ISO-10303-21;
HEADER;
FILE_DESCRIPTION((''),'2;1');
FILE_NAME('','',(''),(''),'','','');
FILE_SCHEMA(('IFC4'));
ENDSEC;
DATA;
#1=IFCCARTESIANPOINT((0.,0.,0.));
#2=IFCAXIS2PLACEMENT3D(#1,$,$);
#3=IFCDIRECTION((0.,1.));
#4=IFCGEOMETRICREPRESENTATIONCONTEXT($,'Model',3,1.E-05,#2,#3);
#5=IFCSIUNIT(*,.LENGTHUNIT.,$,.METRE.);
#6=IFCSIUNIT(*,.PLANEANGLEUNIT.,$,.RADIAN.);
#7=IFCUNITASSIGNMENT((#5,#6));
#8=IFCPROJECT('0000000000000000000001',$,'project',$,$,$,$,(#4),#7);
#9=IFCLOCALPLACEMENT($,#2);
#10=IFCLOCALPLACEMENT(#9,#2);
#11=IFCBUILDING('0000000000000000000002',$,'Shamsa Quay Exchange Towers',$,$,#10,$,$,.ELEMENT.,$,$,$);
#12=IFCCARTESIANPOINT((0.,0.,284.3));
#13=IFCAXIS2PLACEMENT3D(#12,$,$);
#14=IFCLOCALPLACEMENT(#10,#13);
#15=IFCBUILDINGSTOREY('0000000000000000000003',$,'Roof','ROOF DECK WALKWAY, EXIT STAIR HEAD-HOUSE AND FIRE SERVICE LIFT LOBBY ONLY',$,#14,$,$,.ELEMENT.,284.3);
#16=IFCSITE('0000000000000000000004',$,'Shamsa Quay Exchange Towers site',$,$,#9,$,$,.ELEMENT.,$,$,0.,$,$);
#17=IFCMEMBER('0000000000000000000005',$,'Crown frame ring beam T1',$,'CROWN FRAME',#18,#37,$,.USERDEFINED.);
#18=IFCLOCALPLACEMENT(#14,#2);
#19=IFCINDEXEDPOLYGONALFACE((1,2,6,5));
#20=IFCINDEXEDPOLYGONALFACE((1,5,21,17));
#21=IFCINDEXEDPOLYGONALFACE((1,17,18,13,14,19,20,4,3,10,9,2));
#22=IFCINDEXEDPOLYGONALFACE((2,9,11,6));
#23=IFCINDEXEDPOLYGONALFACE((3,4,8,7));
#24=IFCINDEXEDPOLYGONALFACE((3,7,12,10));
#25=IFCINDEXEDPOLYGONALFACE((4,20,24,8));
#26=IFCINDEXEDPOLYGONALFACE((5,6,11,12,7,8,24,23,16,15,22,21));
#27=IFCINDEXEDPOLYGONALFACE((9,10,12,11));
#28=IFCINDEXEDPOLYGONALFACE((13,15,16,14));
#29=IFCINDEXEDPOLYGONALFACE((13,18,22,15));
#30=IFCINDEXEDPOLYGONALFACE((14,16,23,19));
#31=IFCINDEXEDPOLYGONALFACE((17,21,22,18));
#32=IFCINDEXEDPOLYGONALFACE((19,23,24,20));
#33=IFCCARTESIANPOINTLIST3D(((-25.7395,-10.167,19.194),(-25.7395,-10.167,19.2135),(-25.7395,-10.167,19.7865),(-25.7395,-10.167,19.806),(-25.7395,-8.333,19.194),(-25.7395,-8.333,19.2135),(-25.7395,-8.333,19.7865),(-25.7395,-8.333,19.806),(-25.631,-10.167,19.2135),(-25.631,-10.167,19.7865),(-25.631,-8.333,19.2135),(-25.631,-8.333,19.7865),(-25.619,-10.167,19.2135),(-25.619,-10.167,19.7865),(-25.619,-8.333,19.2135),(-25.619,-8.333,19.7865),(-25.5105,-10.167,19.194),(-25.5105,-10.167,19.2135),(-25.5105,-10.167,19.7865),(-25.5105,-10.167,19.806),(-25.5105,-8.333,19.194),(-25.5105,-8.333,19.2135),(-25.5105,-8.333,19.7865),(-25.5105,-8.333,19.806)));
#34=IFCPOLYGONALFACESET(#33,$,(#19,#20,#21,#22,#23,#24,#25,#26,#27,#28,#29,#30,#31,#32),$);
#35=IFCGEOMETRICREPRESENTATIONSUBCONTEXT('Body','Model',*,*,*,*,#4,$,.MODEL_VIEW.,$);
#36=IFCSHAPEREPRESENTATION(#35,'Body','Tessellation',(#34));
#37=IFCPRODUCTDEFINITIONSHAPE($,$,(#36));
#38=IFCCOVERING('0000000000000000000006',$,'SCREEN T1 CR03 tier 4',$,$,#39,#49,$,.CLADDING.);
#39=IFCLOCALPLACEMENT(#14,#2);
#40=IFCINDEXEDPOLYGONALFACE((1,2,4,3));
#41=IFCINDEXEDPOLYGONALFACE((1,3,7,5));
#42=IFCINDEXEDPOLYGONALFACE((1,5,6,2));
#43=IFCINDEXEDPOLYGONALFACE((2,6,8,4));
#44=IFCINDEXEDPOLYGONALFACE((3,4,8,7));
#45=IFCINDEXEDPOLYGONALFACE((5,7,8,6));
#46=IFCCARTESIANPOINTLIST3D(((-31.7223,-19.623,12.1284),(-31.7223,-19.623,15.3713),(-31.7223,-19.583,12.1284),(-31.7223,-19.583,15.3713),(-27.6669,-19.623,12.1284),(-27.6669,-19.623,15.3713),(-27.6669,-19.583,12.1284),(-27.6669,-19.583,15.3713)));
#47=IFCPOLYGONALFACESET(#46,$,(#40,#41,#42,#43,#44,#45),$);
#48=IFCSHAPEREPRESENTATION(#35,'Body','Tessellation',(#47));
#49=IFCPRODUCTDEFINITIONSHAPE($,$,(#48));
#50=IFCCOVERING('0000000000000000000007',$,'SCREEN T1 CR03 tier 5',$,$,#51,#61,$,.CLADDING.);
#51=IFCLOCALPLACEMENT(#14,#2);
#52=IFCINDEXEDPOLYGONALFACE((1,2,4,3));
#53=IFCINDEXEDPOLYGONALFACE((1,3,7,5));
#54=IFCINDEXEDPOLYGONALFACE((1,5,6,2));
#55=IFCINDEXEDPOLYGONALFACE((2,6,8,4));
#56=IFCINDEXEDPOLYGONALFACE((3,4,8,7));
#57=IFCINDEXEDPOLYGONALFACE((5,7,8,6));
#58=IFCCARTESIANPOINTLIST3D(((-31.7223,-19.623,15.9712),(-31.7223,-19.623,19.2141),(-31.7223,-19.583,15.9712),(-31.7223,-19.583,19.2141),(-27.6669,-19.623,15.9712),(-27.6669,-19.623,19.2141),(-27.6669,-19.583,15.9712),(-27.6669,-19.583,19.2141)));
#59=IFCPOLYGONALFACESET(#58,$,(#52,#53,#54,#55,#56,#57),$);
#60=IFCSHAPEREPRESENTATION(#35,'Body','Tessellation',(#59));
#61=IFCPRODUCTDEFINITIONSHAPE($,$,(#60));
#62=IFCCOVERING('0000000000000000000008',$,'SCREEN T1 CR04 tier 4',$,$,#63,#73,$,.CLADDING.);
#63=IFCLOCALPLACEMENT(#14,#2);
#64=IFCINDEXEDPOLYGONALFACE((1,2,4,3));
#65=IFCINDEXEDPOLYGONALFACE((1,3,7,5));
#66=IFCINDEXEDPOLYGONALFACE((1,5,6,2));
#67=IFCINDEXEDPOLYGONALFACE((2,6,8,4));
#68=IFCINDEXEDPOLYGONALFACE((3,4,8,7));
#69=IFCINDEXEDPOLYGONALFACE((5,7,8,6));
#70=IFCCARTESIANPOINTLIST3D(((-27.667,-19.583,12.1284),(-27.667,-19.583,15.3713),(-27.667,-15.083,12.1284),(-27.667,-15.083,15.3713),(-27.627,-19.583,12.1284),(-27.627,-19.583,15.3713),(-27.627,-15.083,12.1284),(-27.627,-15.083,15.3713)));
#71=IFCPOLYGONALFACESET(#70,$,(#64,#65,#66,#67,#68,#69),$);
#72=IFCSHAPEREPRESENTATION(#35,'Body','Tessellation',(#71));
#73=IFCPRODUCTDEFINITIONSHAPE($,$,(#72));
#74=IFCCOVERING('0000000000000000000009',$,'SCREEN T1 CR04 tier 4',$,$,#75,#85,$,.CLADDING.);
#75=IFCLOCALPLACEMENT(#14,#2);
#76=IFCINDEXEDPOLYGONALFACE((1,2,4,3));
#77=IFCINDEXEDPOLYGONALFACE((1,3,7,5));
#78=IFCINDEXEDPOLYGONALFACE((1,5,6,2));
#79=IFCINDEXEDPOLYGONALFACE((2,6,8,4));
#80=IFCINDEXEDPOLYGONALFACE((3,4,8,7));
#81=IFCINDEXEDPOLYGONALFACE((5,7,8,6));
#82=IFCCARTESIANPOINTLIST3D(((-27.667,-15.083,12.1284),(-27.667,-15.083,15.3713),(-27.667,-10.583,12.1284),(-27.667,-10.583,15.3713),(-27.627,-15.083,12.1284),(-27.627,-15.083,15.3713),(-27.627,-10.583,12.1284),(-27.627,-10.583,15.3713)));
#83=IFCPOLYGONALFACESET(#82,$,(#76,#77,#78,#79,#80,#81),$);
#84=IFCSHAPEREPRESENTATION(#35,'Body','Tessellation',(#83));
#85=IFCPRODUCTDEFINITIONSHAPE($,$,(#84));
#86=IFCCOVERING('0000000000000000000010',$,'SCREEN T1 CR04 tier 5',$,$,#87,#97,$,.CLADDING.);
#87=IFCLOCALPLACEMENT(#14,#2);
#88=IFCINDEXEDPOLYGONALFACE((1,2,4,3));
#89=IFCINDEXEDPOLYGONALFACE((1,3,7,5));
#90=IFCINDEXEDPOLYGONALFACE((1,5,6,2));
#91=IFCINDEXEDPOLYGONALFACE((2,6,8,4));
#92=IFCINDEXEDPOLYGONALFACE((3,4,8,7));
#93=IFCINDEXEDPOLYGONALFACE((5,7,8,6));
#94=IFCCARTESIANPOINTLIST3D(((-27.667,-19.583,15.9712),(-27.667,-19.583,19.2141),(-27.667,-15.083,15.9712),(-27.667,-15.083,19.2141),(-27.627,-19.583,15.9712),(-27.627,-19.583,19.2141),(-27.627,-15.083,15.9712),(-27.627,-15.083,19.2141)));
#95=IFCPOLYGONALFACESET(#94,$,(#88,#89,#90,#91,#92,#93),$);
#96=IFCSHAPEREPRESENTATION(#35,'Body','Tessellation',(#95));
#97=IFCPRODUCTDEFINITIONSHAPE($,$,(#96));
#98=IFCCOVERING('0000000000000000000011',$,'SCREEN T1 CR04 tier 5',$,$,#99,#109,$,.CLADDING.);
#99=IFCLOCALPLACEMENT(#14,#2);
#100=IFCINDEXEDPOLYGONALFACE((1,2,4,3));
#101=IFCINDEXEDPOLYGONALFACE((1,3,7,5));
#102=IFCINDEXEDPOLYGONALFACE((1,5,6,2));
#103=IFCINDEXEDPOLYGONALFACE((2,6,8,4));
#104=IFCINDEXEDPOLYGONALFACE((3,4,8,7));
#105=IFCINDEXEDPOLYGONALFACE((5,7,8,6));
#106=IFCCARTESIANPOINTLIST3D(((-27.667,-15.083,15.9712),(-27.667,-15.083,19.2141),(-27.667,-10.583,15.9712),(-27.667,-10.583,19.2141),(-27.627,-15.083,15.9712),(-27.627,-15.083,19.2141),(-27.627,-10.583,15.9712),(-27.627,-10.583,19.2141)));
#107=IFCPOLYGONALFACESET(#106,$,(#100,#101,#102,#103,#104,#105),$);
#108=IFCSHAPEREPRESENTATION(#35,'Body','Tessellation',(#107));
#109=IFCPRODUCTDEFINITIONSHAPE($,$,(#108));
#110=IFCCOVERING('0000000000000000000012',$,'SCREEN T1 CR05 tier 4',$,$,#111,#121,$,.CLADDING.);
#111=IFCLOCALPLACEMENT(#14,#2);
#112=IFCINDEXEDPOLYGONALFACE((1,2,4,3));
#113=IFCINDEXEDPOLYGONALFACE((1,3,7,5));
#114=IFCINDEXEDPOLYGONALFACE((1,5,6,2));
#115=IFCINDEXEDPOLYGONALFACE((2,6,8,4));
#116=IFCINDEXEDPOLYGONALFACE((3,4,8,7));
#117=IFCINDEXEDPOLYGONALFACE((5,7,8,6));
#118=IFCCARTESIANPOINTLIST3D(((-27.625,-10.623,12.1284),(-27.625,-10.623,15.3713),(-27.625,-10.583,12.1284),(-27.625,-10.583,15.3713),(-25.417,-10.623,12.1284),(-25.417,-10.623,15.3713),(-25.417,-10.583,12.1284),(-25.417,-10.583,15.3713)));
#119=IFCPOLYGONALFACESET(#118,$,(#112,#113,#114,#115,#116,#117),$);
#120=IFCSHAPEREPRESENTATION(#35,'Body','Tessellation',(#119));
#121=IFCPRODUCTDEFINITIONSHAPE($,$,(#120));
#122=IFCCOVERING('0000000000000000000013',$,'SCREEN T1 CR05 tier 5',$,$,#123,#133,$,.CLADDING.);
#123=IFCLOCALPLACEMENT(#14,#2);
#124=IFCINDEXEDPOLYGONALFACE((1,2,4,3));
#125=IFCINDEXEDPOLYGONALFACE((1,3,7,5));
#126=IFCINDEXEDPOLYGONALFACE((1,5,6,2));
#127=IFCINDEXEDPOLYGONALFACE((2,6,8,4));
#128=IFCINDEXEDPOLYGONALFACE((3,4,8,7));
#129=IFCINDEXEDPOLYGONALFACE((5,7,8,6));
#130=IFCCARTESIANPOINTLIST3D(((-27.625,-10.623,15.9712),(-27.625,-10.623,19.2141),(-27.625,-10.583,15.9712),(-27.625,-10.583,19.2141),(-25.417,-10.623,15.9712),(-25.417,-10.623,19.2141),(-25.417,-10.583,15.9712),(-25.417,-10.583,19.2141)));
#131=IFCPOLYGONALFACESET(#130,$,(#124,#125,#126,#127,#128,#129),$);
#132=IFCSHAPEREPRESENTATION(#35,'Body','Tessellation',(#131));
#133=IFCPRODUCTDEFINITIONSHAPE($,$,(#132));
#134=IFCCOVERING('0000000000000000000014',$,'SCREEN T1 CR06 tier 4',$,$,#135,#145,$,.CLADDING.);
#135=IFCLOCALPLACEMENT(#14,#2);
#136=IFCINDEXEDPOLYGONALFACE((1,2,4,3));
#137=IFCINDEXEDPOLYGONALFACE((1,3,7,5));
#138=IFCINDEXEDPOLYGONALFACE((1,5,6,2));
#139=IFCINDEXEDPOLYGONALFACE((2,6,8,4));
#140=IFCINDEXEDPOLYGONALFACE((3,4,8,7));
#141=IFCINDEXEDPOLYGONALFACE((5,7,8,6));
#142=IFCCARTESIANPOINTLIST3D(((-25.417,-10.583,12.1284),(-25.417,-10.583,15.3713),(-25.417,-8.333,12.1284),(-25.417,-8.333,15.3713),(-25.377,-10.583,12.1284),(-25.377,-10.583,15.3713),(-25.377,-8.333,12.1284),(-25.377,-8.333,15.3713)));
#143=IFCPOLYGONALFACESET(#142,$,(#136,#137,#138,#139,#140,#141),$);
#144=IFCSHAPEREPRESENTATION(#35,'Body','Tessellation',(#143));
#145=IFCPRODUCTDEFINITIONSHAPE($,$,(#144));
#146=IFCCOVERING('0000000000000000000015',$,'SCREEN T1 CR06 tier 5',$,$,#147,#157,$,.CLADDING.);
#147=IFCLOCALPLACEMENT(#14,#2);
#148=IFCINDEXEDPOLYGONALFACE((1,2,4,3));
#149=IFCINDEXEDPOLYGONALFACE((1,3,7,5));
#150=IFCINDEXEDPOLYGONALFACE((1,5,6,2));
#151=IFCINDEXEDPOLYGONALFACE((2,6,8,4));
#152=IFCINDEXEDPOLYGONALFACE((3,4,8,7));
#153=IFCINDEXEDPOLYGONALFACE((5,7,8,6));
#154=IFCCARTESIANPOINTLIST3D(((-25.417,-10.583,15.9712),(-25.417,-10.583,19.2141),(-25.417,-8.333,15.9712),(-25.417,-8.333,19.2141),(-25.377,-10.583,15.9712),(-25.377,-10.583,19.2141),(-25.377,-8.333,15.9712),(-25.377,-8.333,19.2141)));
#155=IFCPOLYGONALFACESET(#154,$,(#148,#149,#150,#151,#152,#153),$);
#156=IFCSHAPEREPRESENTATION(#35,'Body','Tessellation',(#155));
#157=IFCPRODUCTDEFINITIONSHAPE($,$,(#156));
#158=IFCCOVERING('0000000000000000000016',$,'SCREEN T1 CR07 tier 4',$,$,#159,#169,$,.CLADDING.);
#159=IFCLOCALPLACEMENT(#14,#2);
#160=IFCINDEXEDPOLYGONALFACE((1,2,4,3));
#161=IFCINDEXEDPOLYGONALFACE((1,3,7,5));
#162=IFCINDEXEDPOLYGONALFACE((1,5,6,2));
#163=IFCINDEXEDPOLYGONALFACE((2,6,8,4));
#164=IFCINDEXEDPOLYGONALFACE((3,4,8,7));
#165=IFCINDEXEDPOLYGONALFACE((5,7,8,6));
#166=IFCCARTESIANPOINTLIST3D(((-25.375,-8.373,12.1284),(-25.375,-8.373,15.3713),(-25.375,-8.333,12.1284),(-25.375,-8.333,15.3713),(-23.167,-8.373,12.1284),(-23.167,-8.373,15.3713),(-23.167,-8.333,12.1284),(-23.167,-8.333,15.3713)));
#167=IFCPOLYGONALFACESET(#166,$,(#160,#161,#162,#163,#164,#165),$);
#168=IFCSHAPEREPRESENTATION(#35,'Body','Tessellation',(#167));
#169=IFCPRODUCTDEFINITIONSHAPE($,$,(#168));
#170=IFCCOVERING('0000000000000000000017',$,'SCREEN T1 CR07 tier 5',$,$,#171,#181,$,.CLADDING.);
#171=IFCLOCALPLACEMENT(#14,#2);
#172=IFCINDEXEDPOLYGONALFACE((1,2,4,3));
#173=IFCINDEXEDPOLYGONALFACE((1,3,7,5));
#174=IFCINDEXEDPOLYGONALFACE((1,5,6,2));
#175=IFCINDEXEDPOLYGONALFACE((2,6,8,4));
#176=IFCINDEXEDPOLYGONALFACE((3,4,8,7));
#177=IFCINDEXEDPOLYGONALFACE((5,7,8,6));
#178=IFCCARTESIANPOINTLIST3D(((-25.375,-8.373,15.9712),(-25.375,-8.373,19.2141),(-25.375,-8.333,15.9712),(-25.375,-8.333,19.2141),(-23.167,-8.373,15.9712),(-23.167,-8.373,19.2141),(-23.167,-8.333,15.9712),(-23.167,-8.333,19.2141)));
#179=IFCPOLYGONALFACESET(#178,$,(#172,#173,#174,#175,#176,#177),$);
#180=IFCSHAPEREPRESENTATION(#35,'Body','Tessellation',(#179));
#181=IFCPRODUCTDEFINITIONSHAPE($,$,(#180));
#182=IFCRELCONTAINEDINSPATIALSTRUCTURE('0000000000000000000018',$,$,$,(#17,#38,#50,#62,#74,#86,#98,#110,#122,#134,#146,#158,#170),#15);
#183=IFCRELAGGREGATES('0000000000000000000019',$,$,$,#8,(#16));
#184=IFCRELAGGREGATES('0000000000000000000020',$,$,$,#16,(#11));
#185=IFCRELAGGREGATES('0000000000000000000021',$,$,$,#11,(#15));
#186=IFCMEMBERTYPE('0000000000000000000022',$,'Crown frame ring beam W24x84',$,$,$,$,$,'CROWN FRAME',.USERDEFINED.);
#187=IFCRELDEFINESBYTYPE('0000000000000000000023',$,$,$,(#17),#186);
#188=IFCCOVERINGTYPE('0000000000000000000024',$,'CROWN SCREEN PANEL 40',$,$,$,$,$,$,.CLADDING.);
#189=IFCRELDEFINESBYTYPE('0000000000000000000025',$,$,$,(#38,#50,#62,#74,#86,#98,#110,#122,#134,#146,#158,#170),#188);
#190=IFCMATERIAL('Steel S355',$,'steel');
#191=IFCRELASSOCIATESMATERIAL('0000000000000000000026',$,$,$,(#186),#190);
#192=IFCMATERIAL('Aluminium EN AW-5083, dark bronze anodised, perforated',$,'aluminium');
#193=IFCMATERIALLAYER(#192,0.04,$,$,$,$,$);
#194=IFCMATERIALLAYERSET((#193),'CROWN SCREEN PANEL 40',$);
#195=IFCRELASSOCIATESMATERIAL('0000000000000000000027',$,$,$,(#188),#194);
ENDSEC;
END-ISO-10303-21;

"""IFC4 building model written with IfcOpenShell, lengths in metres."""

from ifc_helpers import new_model, si_unit, direction, frame, origin, origin_2d, place, context, subcontext, project, spatial, rectangle, i_section, extrude, material, layer, layer_set, material_profile, profile_set, type_object, element, save


model = new_model("IFC4")

# Units and contexts
model_context = context("Model", 3, precision=1e-05, world=origin(), true_north=direction((0.0, 1.0)))
body_context = subcontext(model_context, "Body", "Model", "MODEL_VIEW")
ifc_project = project(units=[si_unit("LENGTHUNIT", "METRE"), si_unit("PLANEANGLEUNIT", "RADIAN")], contexts=[model_context])

# Site, building, storey
site_placement = place(None, origin())
site = spatial("IfcSite", under=ifc_project, at=site_placement, Name="Shamsa Quay Exchange Towers site", CompositionType="ELEMENT", RefElevation=0.0)
building_placement = place(site_placement, origin())
building = spatial("IfcBuilding", under=site, at=building_placement, Name="Shamsa Quay Exchange Towers", CompositionType="ELEMENT")
storey_placement = place(building_placement, frame((0.0, 0.0, 284.3)))
storey = spatial("IfcBuildingStorey", under=building, at=storey_placement, Name="Roof", Description="ROOF DECK WALKWAY, EXIT STAIR HEAD-HOUSE AND FIRE SERVICE LIFT LOBBY ONLY", CompositionType="ELEMENT", Elevation=284.3)

# Member
ifc_material_1 = material(Name="Steel S355", Category="steel")
ifc_material_profile_1 = material_profile(ifc_material_1, i_section(OverallWidth=0.229, OverallDepth=0.6121, WebThickness=0.012, FlangeThickness=0.0195, at=origin_2d()), Name="W24x84")
ifc_profile_set_1 = profile_set([ifc_material_profile_1], Name="Steel S355")
member_type_1 = type_object("IfcMemberType", Name="Crown frame ring beam W24x84", ElementType="CROWN FRAME", PredefinedType="USERDEFINED", material=ifc_profile_set_1)
member_1_placement = place(storey_placement, frame((-25.625, -10.167, 19.5), z_axis=(0.0, 1.0, 0.0), x_axis=(-1.0, 0.0, 0.0)))
element("IfcMember", 1, at=member_1_placement, inside=storey, type_object=member_type_1, Name="Crown frame ring beam T1", ObjectType="CROWN FRAME", PredefinedType="USERDEFINED", context=body_context, shape_type="SweptSolid", body=[
    extrude(i_section(OverallWidth=0.229, OverallDepth=0.6121, WebThickness=0.012, FlangeThickness=0.0195, at=origin_2d()), origin(), (0.0, 0.0, 1.0), 1.834),
])

# Coverings
ifc_material_2 = material(Name="Aluminium EN AW-5083, dark bronze anodised, perforated", Category="aluminium")
ifc_layer = layer(ifc_material_2, 0.04)
ifc_layer_set = layer_set([ifc_layer], Name="CROWN SCREEN PANEL 40")
covering_type = type_object("IfcCoveringType", Name="CROWN SCREEN PANEL 40", PredefinedType="CLADDING", material=ifc_layer_set)
for number, where, name in (
    (2, (-29.6946, -19.603, 12.1284), "SCREEN T1 CR03 tier 4"),
    (3, (-29.6946, -19.603, 15.9712), "SCREEN T1 CR03 tier 5"),
):
    element("IfcCovering", number, at=place(storey_placement, frame(where)), inside=storey, type_object=covering_type, Name=name, PredefinedType="CLADDING", context=body_context, shape_type="SweptSolid", body=[
        extrude(rectangle(XDim=4.0554, YDim=0.04, at=origin_2d()), origin(), (0.0, 0.0, 1.0), 3.2429),
    ])
for number, where, z_axis, x_axis, name in (
    (4, (-27.647, -17.333, 12.1284), (0.0, 0.0, 1.0), (0.0, 1.0, 0.0), "SCREEN T1 CR04 tier 4"),
    (5, (-27.647, -12.833, 12.1284), (0.0, 0.0, 1.0), (0.0, 1.0, 0.0), "SCREEN T1 CR04 tier 4"),
    (6, (-27.647, -17.333, 15.9712), (0.0, 0.0, 1.0), (0.0, 1.0, 0.0), "SCREEN T1 CR04 tier 5"),
    (7, (-27.647, -12.833, 15.9712), (0.0, 0.0, 1.0), (0.0, 1.0, 0.0), "SCREEN T1 CR04 tier 5"),
):
    element("IfcCovering", number, at=place(storey_placement, frame(where, z_axis=z_axis, x_axis=x_axis)), inside=storey, type_object=covering_type, Name=name, PredefinedType="CLADDING", context=body_context, shape_type="SweptSolid", body=[
        extrude(rectangle(XDim=4.5, YDim=0.04, at=origin_2d()), origin(), (0.0, 0.0, 1.0), 3.2429),
    ])
for number, where, name in (
    (8, (-26.521, -10.603, 12.1284), "SCREEN T1 CR05 tier 4"),
    (9, (-26.521, -10.603, 15.9712), "SCREEN T1 CR05 tier 5"),
):
    element("IfcCovering", number, at=place(storey_placement, frame(where)), inside=storey, type_object=covering_type, Name=name, PredefinedType="CLADDING", context=body_context, shape_type="SweptSolid", body=[
        extrude(rectangle(XDim=2.208, YDim=0.04, at=origin_2d()), origin(), (0.0, 0.0, 1.0), 3.2429),
    ])
for number, where, z_axis, x_axis, name in (
    (10, (-25.397, -9.458, 12.1284), (0.0, 0.0, 1.0), (0.0, 1.0, 0.0), "SCREEN T1 CR06 tier 4"),
    (11, (-25.397, -9.458, 15.9712), (0.0, 0.0, 1.0), (0.0, 1.0, 0.0), "SCREEN T1 CR06 tier 5"),
):
    element("IfcCovering", number, at=place(storey_placement, frame(where, z_axis=z_axis, x_axis=x_axis)), inside=storey, type_object=covering_type, Name=name, PredefinedType="CLADDING", context=body_context, shape_type="SweptSolid", body=[
        extrude(rectangle(XDim=2.25, YDim=0.04, at=origin_2d()), origin(), (0.0, 0.0, 1.0), 3.2429),
    ])
for number, where, name in (
    (12, (-24.271, -8.353, 12.1284), "SCREEN T1 CR07 tier 4"),
    (13, (-24.271, -8.353, 15.9712), "SCREEN T1 CR07 tier 5"),
):
    element("IfcCovering", number, at=place(storey_placement, frame(where)), inside=storey, type_object=covering_type, Name=name, PredefinedType="CLADDING", context=body_context, shape_type="SweptSolid", body=[
        extrude(rectangle(XDim=2.208, YDim=0.04, at=origin_2d()), origin(), (0.0, 0.0, 1.0), 3.2429),
    ])

save(model, "model.ifc")
